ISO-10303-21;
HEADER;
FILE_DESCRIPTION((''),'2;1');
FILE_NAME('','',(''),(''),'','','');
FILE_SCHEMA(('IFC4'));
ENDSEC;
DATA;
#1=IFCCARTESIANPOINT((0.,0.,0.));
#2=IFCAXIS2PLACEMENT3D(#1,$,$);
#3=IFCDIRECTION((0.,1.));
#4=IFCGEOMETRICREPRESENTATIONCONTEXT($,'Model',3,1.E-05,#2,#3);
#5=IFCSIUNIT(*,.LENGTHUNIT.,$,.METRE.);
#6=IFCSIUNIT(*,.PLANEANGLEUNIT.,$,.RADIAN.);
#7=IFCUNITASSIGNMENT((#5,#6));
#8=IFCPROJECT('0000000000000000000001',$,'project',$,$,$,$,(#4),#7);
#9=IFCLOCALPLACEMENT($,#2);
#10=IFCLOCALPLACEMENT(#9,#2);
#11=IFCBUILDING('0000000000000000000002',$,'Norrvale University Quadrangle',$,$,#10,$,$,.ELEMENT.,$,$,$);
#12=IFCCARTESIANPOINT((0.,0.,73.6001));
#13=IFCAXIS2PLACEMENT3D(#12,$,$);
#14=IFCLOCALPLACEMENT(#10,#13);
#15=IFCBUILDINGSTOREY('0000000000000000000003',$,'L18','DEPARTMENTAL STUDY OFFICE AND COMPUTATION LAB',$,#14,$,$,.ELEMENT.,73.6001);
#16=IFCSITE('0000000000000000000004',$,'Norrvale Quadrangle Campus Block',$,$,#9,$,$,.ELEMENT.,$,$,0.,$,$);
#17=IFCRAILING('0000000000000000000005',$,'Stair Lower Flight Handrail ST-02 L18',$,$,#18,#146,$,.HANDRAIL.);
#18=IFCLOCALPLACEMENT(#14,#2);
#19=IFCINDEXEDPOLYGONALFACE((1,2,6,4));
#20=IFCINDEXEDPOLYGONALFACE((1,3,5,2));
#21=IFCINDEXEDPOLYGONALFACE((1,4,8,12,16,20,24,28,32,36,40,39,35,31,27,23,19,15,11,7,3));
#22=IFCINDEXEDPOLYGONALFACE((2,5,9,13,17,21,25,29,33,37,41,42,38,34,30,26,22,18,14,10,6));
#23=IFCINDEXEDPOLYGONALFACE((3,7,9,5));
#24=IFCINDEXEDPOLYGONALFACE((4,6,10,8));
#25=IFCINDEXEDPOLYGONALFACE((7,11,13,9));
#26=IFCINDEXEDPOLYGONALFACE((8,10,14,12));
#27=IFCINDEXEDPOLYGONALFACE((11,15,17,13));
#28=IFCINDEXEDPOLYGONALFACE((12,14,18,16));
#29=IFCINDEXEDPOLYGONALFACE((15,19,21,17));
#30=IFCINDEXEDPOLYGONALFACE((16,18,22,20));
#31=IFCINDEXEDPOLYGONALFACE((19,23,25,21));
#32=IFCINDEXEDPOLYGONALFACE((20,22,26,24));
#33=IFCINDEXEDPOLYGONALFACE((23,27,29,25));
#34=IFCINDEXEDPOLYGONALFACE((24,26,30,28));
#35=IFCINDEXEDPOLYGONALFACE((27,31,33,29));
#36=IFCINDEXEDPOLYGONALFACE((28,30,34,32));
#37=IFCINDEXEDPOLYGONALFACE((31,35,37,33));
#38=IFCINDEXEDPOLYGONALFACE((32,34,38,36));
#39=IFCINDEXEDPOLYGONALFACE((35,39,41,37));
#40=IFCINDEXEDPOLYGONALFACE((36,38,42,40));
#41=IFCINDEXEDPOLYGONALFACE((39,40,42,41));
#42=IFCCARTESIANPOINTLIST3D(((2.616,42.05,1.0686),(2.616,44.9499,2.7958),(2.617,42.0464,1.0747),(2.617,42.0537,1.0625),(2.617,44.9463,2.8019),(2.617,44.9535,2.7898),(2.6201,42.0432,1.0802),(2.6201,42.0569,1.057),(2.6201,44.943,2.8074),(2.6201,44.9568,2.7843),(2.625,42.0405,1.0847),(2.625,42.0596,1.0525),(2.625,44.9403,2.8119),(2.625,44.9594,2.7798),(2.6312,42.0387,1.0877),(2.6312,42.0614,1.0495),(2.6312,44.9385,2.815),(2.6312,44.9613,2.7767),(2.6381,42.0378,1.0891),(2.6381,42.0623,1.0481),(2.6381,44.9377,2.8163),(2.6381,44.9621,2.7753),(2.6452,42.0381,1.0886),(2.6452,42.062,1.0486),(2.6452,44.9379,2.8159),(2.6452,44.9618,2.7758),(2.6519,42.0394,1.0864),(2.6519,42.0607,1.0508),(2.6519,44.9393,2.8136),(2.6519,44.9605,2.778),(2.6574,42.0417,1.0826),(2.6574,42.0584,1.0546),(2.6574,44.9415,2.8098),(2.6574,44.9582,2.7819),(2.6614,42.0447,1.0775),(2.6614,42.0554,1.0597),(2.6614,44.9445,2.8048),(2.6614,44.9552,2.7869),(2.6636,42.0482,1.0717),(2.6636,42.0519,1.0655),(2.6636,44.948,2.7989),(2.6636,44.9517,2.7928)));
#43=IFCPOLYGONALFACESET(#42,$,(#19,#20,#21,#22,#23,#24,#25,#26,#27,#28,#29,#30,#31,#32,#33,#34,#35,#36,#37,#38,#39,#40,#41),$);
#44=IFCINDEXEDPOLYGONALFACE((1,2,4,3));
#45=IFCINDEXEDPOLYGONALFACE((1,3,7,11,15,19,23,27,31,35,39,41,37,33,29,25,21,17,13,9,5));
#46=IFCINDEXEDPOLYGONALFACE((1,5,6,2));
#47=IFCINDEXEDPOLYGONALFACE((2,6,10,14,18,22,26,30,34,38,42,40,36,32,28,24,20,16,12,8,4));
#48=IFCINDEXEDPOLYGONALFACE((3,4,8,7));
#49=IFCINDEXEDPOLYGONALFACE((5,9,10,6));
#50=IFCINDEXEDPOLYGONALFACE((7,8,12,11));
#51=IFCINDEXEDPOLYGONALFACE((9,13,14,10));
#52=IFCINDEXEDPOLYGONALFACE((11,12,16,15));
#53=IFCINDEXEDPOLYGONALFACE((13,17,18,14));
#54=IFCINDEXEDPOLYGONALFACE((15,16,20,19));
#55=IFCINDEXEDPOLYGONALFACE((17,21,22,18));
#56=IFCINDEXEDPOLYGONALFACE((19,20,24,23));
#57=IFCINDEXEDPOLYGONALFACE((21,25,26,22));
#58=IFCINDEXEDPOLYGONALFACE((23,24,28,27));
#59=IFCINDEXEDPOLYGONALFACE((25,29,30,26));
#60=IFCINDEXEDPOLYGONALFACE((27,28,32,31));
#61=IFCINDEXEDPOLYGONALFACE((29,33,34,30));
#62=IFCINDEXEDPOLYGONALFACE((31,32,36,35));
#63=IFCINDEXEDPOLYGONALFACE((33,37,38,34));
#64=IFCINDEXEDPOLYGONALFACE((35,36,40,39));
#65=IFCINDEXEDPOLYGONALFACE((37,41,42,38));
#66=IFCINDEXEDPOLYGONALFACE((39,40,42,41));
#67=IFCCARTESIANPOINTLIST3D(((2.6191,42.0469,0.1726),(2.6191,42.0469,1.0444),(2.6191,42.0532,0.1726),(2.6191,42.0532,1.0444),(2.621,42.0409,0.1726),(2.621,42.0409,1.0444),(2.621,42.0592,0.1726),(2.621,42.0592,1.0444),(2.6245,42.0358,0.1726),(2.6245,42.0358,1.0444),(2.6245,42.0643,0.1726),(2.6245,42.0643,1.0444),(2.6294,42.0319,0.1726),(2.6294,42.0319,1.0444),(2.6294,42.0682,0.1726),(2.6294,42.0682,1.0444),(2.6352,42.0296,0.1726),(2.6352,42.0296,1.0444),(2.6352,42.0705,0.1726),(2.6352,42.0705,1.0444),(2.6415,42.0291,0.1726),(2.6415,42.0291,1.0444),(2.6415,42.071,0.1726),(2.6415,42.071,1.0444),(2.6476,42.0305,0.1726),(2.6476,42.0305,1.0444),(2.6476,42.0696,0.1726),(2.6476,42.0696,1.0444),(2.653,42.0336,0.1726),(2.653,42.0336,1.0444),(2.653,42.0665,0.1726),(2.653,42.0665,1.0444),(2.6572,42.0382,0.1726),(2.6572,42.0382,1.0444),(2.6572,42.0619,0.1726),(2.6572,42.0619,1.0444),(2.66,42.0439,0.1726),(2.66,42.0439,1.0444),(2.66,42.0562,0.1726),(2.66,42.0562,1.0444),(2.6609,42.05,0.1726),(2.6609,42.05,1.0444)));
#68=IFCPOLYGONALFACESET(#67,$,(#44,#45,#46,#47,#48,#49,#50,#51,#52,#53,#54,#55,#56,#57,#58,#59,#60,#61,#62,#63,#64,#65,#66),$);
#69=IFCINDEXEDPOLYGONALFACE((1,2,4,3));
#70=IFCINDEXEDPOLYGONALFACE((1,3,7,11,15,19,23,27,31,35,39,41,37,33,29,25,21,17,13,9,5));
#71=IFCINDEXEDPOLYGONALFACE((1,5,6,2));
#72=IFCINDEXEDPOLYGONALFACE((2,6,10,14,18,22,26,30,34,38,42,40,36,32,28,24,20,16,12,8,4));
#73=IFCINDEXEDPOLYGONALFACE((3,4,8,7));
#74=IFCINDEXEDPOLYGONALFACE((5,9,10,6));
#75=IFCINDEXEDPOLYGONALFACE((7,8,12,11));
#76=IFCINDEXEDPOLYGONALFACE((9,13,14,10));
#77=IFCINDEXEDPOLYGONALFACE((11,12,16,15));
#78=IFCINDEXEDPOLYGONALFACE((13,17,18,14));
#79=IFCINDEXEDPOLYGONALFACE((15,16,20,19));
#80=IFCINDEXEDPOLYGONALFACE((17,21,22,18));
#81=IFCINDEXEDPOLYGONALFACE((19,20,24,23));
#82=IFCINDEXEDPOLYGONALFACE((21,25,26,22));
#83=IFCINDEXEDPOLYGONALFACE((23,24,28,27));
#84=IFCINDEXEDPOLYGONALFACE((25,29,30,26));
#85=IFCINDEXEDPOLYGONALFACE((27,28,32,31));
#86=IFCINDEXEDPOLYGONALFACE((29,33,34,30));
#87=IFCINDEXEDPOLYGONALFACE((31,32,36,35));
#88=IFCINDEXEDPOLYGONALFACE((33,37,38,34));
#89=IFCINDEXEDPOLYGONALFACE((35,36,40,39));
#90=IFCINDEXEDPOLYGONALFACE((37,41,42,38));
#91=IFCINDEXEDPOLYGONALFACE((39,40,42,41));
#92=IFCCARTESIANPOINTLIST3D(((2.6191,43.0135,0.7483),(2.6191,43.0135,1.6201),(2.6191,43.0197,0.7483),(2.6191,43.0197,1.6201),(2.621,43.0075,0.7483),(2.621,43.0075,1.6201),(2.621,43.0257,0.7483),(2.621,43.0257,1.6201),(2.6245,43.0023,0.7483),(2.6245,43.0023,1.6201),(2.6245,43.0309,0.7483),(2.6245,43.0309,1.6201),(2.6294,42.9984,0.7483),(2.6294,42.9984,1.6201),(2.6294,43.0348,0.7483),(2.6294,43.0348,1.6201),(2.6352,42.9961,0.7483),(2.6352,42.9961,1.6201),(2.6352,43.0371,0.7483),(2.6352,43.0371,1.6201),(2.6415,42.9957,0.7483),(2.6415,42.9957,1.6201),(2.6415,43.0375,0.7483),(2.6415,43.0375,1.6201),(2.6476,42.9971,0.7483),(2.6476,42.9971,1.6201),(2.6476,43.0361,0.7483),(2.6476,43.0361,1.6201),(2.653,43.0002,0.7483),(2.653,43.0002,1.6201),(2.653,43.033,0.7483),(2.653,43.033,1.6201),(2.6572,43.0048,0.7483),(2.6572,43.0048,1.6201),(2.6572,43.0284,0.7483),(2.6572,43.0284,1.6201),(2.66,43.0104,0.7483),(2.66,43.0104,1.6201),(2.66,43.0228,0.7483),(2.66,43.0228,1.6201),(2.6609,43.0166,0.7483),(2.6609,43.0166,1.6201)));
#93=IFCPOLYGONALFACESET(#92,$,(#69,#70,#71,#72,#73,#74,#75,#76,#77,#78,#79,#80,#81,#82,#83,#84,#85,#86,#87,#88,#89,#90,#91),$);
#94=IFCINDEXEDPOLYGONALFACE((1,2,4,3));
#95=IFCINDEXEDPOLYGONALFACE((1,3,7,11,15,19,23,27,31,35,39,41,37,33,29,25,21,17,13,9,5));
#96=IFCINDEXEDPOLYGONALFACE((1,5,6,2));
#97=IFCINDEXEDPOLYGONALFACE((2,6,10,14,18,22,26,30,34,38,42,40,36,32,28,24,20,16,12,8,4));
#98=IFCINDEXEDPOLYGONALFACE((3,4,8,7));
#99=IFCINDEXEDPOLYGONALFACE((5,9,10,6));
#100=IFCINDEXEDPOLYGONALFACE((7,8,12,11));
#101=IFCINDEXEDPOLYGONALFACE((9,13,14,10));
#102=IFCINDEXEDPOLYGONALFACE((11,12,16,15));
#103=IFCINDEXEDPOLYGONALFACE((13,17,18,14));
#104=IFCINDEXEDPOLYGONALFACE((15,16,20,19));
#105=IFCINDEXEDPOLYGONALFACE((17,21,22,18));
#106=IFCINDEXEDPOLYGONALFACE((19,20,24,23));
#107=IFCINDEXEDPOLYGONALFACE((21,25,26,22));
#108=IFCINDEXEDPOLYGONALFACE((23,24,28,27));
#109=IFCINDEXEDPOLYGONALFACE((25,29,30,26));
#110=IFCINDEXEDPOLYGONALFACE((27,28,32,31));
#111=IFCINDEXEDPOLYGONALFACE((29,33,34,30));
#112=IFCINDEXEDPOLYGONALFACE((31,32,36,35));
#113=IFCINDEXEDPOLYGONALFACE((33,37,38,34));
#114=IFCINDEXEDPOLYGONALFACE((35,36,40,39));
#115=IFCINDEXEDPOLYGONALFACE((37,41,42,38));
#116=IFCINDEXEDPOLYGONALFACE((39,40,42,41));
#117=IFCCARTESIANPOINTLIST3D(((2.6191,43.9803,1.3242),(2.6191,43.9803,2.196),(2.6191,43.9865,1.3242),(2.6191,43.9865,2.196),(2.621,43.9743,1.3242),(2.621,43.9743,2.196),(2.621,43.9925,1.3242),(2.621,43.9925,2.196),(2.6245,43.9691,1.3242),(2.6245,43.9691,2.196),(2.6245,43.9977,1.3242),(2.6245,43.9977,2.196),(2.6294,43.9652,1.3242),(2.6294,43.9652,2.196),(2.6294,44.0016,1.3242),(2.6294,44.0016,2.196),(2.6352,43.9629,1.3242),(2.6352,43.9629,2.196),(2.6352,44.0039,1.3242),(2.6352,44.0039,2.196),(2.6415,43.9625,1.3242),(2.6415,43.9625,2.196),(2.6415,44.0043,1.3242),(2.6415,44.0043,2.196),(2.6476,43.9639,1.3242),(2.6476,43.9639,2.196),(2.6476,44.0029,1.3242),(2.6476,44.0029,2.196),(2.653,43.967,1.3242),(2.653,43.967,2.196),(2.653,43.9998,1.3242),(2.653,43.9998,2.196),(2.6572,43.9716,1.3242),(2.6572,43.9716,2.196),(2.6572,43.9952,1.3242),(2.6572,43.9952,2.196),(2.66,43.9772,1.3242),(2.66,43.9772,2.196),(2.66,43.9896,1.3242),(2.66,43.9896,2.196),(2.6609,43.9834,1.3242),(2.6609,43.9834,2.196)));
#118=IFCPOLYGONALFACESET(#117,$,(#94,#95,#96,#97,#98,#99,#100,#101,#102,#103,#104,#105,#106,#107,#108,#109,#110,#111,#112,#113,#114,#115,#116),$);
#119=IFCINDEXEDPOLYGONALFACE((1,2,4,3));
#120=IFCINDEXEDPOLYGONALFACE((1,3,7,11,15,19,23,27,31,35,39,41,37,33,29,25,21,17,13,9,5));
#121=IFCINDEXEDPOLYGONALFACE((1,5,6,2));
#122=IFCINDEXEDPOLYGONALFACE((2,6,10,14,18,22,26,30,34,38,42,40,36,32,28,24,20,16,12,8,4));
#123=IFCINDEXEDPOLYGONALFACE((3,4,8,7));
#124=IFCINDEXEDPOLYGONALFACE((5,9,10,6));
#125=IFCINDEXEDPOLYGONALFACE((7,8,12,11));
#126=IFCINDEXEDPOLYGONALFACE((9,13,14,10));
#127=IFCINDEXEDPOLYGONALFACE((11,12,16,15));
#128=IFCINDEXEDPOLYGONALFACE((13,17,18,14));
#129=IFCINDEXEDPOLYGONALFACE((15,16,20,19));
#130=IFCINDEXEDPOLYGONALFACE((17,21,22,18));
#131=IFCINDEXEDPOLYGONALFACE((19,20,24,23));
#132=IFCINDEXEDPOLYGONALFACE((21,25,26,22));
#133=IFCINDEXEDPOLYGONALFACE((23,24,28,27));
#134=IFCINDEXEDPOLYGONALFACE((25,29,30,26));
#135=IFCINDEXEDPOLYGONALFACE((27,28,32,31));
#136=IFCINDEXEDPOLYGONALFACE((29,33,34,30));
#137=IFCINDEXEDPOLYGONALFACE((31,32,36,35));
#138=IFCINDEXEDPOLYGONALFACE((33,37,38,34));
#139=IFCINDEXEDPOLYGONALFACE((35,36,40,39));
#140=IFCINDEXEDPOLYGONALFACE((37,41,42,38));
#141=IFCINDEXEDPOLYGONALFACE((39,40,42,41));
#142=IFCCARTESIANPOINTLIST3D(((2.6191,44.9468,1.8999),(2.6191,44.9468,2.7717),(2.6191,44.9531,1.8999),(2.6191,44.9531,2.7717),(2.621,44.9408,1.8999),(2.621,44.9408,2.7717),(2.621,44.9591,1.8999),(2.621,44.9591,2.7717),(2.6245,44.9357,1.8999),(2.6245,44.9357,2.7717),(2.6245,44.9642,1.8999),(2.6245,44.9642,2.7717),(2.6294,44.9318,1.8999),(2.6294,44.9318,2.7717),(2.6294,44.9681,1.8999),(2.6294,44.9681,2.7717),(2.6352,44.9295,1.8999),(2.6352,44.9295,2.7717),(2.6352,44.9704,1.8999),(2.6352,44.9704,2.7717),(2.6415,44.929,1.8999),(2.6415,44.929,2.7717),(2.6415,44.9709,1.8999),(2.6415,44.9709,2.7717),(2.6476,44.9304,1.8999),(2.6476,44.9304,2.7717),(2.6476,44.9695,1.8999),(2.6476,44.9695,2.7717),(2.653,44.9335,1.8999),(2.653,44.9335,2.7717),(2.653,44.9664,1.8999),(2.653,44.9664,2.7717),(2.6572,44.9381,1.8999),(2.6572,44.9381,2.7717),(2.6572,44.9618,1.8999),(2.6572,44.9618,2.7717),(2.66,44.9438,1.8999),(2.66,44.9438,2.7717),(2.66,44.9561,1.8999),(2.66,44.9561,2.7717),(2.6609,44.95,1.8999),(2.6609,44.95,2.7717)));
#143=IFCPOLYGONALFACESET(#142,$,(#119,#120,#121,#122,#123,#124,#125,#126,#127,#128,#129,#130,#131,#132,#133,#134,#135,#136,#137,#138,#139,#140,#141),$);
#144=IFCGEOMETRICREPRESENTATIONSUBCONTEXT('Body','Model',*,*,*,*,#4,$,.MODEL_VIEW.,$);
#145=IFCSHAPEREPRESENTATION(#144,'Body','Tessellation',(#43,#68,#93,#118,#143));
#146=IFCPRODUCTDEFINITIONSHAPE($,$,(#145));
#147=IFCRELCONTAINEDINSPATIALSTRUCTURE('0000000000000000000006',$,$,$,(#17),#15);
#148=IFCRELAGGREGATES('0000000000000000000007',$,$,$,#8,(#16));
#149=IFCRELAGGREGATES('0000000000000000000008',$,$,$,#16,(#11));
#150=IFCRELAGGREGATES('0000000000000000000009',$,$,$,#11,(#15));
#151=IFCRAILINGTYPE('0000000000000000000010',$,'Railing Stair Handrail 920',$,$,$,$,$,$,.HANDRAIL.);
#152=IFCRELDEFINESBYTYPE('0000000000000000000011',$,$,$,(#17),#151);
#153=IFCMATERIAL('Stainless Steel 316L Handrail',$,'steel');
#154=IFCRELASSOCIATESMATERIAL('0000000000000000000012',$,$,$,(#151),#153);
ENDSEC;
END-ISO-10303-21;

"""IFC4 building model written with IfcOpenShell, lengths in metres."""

from ifc_helpers import new_model, si_unit, direction, frame, origin, origin_2d, place, context, subcontext, project, spatial, circle, extrude, material, type_object, element, save


model = new_model("IFC4")

# Units and contexts
model_context = context("Model", 3, precision=1e-05, world=origin(), true_north=direction((0.0, 1.0)))
body_context = subcontext(model_context, "Body", "Model", "MODEL_VIEW")
ifc_project = project(units=[si_unit("LENGTHUNIT", "METRE"), si_unit("PLANEANGLEUNIT", "RADIAN")], contexts=[model_context])

# Site, building, storey
site_placement = place(None, origin())
site = spatial("IfcSite", under=ifc_project, at=site_placement, Name="Norrvale Quadrangle Campus Block", CompositionType="ELEMENT", RefElevation=0.0)
building_placement = place(site_placement, origin())
building = spatial("IfcBuilding", under=site, at=building_placement, Name="Norrvale University Quadrangle", CompositionType="ELEMENT")
storey_placement = place(building_placement, frame((0.0, 0.0, 73.6001)))
storey = spatial("IfcBuildingStorey", under=building, at=storey_placement, Name="L18", Description="DEPARTMENTAL STUDY OFFICE AND COMPUTATION LAB", CompositionType="ELEMENT", Elevation=73.6001)

# Railing
ifc_material_1 = material(Name="Stainless Steel 316L Handrail", Category="steel")
railing_type_1 = type_object("IfcRailingType", Name="Railing Stair Handrail 920", PredefinedType="HANDRAIL", material=ifc_material_1)
railing_1_placement = place(storey_placement, frame((2.6399, 42.05, 0.1726)))
element("IfcRailing", 1, at=railing_1_placement, inside=storey, type_object=railing_type_1, Name="Stair Lower Flight Handrail ST-02 L18", PredefinedType="HANDRAIL", context=body_context, shape_type="SweptSolid", body=[
    extrude(circle(Radius=0.0239, at=origin_2d()), frame((0.0, 0.0, 0.896), z_axis=(0.0, 0.859141, 0.511738), x_axis=(-1.0, 0.0, 0.0)), (0.0, 0.0, 1.0), 3.3752),
    extrude(circle(Radius=0.021, at=origin_2d()), origin(), (0.0, 0.0, 1.0), 0.8718),
    extrude(circle(Radius=0.021, at=origin_2d()), frame((0.0, 0.9666, 0.5757)), (0.0, 0.0, 1.0), 0.8718),
    extrude(circle(Radius=0.021, at=origin_2d()), frame((0.0, 1.9333, 1.1516)), (0.0, 0.0, 1.0), 0.8718),
    extrude(circle(Radius=0.021, at=origin_2d()), frame((0.0, 2.8999, 1.7273)), (0.0, 0.0, 1.0), 0.8718),
])

save(model, "model.ifc")
